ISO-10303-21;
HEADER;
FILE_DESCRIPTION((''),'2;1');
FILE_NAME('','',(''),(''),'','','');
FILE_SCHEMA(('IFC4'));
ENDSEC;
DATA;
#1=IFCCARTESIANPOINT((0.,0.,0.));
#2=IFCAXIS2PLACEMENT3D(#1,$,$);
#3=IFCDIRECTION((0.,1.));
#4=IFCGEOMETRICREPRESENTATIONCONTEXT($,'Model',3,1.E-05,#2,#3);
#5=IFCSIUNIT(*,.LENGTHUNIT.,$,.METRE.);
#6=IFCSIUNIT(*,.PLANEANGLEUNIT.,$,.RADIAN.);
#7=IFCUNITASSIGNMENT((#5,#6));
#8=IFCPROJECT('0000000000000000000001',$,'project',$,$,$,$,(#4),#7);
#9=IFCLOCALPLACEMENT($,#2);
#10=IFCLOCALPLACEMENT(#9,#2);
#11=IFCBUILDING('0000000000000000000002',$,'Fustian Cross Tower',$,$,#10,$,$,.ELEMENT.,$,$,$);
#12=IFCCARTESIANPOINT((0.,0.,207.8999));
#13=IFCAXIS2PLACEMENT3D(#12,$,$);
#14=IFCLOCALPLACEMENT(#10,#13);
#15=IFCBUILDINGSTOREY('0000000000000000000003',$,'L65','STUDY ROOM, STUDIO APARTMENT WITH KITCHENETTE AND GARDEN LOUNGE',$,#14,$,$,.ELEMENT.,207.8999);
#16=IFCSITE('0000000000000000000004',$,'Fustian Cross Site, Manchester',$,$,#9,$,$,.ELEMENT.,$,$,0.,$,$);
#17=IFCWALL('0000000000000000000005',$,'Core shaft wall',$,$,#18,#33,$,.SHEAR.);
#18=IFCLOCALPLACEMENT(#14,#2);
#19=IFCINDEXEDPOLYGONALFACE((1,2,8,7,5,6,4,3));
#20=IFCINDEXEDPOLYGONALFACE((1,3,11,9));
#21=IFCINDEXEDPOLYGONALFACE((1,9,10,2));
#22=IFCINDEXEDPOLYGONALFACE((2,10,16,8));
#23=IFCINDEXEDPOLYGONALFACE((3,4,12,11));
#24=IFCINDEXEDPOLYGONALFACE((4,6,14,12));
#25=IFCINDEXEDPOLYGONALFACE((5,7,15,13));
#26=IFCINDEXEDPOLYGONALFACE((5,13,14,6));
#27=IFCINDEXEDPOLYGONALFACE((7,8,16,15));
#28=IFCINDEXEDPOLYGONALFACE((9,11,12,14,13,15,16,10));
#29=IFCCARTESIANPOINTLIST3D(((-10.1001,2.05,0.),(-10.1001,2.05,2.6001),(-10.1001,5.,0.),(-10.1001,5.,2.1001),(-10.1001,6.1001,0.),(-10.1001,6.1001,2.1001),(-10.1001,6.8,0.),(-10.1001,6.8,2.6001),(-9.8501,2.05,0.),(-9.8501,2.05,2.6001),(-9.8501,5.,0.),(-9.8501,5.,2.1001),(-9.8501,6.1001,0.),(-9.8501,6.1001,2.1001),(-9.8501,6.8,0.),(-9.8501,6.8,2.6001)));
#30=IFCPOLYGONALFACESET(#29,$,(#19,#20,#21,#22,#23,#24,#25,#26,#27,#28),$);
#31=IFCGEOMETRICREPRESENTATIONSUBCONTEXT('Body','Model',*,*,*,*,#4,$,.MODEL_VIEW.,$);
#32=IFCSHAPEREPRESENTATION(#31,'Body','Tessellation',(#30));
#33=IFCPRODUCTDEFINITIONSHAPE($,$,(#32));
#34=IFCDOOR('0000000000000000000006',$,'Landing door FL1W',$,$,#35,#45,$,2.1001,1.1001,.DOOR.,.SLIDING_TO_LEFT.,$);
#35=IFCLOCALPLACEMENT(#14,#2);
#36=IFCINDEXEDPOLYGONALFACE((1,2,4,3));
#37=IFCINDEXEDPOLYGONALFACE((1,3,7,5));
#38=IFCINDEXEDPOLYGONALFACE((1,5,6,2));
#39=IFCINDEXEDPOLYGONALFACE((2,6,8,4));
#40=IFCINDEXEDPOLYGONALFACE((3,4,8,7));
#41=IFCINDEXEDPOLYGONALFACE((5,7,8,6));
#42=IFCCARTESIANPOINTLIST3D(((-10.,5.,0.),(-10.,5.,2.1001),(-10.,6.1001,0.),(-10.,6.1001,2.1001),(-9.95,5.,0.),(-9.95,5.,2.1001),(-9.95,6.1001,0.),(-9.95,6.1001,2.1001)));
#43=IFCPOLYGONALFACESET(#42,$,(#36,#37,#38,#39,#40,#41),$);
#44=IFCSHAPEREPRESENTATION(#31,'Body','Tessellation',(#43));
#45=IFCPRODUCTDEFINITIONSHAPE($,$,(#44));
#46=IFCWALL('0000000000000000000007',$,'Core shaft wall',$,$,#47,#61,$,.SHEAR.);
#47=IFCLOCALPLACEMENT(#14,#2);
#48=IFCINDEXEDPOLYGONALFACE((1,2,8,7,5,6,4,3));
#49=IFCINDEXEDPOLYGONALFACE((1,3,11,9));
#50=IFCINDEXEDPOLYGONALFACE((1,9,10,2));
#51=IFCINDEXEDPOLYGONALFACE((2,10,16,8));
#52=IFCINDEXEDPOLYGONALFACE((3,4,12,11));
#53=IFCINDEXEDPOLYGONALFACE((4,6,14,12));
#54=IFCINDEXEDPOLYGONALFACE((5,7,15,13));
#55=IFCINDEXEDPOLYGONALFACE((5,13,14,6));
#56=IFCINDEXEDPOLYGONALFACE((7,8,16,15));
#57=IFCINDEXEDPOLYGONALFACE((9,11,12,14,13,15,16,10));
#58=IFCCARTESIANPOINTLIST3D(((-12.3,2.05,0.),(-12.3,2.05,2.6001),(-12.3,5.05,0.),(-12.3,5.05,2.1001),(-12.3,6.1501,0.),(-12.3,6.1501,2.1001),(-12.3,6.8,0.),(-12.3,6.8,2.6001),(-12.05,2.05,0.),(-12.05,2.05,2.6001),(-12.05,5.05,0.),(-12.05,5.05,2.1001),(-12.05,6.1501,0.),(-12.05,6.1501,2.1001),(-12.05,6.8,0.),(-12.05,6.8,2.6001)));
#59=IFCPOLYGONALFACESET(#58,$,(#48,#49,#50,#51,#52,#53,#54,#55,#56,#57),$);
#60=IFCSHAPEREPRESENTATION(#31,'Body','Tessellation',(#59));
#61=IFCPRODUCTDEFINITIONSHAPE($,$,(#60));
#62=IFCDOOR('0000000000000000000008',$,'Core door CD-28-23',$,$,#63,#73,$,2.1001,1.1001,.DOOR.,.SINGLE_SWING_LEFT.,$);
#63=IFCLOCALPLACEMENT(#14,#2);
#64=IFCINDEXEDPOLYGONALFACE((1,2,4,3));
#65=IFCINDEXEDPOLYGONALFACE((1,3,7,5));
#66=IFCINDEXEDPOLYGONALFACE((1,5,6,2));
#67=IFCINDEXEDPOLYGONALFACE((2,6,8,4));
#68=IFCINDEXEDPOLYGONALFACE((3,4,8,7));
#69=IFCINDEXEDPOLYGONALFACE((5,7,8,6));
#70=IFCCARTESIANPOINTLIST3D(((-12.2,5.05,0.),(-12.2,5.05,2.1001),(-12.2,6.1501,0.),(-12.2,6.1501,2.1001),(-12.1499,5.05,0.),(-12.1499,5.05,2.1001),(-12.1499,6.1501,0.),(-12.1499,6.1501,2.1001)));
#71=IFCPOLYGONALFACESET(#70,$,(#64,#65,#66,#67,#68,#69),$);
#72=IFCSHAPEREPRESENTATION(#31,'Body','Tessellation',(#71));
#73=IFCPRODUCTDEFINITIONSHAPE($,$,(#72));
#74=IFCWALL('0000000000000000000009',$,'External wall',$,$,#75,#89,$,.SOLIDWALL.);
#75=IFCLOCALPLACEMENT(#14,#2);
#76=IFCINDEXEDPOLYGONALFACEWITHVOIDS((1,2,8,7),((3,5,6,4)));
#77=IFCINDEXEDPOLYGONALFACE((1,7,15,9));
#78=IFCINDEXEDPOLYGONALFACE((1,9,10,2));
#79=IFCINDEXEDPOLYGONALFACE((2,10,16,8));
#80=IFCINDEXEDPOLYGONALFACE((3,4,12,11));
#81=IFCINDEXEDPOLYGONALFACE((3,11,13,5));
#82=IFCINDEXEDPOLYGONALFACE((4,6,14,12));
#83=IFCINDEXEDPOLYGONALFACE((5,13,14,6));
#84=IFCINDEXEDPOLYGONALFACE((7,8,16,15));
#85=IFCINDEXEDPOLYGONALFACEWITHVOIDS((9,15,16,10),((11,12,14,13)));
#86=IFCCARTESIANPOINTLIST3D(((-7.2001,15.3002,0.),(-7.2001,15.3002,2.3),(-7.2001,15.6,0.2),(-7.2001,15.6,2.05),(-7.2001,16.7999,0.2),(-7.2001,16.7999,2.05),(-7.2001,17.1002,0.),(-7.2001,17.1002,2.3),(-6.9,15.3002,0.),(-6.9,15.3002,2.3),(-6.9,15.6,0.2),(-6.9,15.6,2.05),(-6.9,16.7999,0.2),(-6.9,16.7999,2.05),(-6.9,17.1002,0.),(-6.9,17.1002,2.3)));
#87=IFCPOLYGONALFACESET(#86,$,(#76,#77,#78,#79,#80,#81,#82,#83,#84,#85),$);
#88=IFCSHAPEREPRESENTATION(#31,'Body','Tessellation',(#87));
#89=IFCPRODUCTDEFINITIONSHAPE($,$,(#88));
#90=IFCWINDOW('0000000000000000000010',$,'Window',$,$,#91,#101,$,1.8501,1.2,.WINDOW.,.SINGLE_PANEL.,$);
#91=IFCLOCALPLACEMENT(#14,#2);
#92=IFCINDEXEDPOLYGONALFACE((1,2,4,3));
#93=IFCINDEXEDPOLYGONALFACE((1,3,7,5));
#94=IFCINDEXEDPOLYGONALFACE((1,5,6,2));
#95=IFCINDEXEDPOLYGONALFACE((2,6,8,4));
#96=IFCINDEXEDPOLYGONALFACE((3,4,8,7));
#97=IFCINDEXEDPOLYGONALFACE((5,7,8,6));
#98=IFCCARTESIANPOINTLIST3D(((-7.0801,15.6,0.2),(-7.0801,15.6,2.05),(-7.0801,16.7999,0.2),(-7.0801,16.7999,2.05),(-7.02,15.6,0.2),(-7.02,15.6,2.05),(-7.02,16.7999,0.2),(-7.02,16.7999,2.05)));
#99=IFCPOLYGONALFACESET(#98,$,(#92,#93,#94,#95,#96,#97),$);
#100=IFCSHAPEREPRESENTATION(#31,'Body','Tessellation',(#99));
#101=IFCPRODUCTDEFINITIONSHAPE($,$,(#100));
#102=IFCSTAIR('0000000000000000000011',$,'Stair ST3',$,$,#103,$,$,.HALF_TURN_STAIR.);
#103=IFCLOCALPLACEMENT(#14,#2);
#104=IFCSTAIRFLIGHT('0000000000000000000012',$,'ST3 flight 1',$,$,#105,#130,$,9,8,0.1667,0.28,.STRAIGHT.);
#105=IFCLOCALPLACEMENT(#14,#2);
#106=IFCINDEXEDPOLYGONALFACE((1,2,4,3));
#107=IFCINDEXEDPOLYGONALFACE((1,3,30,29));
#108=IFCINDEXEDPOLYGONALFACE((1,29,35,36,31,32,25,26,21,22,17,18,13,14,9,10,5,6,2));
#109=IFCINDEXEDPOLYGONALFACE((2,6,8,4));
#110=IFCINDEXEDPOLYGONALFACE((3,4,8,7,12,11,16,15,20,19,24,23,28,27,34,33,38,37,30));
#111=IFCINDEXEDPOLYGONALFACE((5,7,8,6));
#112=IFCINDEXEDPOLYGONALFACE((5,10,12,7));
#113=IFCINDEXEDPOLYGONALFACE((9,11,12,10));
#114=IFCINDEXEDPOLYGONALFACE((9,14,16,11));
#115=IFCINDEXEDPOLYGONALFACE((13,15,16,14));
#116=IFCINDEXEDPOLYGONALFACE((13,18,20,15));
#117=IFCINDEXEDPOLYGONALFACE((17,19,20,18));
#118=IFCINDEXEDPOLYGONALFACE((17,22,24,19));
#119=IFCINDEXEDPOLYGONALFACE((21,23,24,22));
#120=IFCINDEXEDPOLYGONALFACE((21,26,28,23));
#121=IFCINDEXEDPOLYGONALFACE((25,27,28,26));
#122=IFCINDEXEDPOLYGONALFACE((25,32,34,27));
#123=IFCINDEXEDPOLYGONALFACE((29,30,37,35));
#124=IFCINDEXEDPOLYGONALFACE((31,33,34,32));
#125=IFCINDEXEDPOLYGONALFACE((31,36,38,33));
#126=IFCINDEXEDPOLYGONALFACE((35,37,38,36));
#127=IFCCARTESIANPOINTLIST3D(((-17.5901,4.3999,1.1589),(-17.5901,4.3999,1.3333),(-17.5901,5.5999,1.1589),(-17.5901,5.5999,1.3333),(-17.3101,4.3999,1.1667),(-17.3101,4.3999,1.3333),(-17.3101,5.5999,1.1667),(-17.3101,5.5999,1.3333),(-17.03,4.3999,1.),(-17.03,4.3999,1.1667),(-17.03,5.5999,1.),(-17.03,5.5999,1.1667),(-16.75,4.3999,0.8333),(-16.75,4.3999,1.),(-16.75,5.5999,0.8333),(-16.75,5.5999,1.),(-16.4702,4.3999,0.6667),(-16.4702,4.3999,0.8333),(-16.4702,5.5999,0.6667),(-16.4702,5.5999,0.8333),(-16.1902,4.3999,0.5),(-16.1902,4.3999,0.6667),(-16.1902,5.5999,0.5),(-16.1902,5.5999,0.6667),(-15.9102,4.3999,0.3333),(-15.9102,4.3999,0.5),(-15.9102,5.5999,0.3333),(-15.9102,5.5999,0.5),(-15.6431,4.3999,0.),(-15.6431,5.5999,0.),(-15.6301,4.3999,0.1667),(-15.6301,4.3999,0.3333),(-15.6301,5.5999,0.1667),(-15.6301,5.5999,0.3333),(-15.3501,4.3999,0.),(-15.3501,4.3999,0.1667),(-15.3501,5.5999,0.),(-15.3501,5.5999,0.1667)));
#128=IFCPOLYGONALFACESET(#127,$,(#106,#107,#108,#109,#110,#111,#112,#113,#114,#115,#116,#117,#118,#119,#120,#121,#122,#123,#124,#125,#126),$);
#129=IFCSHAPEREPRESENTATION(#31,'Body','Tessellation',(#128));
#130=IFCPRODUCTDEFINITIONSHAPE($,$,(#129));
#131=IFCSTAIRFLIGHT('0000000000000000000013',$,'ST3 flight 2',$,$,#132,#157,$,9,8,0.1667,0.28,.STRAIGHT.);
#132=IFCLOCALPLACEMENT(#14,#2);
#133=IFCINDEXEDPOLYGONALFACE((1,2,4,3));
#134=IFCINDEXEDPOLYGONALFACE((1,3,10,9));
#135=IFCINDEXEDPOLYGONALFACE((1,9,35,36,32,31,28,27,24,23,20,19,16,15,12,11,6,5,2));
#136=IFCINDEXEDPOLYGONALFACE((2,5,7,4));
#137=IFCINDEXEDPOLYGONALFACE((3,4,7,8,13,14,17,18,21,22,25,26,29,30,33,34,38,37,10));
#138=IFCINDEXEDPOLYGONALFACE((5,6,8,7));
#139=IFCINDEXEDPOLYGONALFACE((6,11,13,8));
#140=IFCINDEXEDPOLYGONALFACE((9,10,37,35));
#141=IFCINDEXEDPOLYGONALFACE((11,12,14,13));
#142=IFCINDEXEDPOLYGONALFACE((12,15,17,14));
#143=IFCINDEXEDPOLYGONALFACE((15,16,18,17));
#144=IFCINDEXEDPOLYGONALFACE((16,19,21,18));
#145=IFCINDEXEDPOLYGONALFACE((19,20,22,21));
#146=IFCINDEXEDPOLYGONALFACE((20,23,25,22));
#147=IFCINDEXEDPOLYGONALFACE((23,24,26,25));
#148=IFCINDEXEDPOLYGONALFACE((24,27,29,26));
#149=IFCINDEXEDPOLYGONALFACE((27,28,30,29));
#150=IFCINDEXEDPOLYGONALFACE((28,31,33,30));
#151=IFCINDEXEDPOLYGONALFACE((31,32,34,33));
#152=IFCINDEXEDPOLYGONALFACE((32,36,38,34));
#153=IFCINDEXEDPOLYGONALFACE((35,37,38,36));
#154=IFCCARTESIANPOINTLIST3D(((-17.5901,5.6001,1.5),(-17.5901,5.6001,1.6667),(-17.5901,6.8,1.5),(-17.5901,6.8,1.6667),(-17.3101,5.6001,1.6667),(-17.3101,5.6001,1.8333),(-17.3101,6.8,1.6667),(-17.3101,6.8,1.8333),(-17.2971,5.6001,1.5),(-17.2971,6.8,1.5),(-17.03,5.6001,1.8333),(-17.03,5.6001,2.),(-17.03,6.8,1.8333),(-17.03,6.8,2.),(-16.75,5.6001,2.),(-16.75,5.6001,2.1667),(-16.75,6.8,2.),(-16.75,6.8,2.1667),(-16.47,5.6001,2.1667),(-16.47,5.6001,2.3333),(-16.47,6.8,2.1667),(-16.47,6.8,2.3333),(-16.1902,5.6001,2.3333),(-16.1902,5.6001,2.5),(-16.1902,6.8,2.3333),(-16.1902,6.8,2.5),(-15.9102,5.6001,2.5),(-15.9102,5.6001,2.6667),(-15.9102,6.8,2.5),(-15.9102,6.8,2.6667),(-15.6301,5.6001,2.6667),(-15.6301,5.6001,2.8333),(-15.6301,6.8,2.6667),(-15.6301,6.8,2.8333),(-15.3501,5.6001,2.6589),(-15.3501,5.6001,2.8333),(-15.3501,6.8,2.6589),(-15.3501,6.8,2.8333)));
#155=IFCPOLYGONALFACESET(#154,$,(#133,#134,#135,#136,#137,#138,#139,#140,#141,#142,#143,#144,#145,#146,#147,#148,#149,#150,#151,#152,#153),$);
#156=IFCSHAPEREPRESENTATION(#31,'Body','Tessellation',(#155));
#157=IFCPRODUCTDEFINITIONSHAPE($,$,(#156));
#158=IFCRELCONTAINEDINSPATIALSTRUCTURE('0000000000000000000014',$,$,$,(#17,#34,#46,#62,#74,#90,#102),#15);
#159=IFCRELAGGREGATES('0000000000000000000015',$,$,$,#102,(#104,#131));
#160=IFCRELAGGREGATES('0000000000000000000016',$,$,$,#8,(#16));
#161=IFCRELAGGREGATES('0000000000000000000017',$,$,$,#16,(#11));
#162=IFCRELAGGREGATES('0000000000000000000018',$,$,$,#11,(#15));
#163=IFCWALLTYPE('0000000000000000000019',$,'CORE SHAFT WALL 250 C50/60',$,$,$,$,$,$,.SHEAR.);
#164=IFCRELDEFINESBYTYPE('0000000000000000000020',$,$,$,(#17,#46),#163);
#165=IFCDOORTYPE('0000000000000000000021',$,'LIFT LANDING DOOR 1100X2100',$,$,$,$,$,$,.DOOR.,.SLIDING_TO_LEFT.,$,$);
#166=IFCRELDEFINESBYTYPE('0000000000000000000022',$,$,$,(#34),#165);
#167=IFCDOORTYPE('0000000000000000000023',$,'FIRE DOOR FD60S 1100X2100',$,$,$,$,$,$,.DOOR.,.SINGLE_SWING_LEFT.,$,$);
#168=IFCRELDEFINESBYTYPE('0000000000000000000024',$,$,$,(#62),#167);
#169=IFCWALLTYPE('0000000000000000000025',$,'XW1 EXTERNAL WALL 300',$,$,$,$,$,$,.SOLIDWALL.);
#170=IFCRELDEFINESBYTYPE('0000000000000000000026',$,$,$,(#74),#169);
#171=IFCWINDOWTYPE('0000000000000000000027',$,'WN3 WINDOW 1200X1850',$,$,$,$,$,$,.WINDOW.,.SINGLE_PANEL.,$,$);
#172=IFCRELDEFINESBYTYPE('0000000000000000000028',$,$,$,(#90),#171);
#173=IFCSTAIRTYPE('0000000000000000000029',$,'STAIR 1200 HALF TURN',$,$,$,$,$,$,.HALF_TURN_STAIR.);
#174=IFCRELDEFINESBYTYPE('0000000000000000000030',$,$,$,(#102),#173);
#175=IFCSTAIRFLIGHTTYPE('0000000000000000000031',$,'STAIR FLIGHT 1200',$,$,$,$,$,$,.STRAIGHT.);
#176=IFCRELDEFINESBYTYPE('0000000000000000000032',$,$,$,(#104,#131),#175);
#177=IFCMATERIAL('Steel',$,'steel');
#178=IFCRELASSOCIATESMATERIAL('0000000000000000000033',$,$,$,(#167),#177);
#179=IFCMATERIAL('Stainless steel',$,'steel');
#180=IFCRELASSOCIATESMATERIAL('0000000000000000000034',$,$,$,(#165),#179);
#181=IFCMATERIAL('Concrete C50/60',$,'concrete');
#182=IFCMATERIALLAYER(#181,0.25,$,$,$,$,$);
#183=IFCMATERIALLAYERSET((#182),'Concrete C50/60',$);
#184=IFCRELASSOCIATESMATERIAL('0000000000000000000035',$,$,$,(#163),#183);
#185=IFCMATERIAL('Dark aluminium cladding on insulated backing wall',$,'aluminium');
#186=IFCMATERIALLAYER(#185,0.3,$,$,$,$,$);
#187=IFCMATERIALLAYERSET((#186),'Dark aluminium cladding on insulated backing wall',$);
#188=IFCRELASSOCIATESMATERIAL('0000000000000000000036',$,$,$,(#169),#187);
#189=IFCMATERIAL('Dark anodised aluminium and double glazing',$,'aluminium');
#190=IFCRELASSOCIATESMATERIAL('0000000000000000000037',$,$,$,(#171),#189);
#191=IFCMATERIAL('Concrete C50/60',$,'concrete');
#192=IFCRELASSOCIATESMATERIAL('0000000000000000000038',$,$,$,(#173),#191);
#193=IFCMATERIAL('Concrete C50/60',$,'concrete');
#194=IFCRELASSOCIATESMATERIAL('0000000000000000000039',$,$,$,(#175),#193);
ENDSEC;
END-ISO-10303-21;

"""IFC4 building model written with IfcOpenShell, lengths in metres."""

from ifc_helpers import new_model, si_unit, direction, frame, frame_2d, origin, place, context, subcontext, project, spatial, polyline, rectangle, outline, extrude, material, layer, layer_set, type_object, element, fill, aggregate, save


model = new_model("IFC4")

# Units and contexts
model_context = context("Model", 3, precision=1e-05, world=origin(), true_north=direction((0.0, 1.0)))
body_context = subcontext(model_context, "Body", "Model", "MODEL_VIEW")
ifc_project = project(units=[si_unit("LENGTHUNIT", "METRE"), si_unit("PLANEANGLEUNIT", "RADIAN")], contexts=[model_context])

# Site, building, storey
site_placement = place(None, origin())
site = spatial("IfcSite", under=ifc_project, at=site_placement, Name="Fustian Cross Site, Manchester", CompositionType="ELEMENT", RefElevation=0.0)
building_placement = place(site_placement, origin())
building = spatial("IfcBuilding", under=site, at=building_placement, Name="Fustian Cross Tower", CompositionType="ELEMENT")
storey_placement = place(building_placement, frame((0.0, 0.0, 207.8999)))
storey = spatial("IfcBuildingStorey", under=building, at=storey_placement, Name="L65", Description="STUDY ROOM, STUDIO APARTMENT WITH KITCHENETTE AND GARDEN LOUNGE", CompositionType="ELEMENT", Elevation=207.8999)

# Shared definitions
ifc_material_1 = material(Name="Steel", Category="steel")
door_type_1 = type_object("IfcDoorType", Name="FIRE DOOR FD60S 1100X2100", OperationType="SINGLE_SWING_LEFT", PredefinedType="DOOR", material=ifc_material_1)
ifc_material_2 = material(Name="Stainless steel", Category="steel")
door_type_2 = type_object("IfcDoorType", Name="LIFT LANDING DOOR 1100X2100", OperationType="SLIDING_TO_LEFT", PredefinedType="DOOR", material=ifc_material_2)

# Shared definitions
ifc_material_3 = material(Name="Concrete C50/60", Category="concrete")
ifc_layer_1 = layer(ifc_material_3, 0.25)
ifc_layer_set_1 = layer_set([ifc_layer_1], Name="Concrete C50/60")
wall_type_1 = type_object("IfcWallType", Name="CORE SHAFT WALL 250 C50/60", PredefinedType="SHEAR", material=ifc_layer_set_1)

# Walls, openings, doors
wall_1_placement = place(storey_placement, frame((-9.9751, 2.05, 0.0), z_axis=(0.0, 0.0, 1.0), x_axis=(0.0, 1.0, 0.0)))
wall_1 = element("IfcWall", 1, at=wall_1_placement, inside=storey, type_object=wall_type_1, Name="Core shaft wall", PredefinedType="SHEAR", context=body_context, shape_type="SweptSolid", body=[
    extrude(rectangle(XDim=4.75, YDim=0.25, at=frame_2d((2.375, 0.0))), origin(), (0.0, 0.0, 1.0), 2.6001),
])
opening_1_placement = place(wall_1_placement, frame((2.95, 0.0, 0.0)))
opening_1 = element("IfcOpeningElement", 2, at=opening_1_placement, cuts=wall_1, PredefinedType="OPENING", context=body_context, shape_type="SweptSolid", body=[
    extrude(rectangle(XDim=1.1001, YDim=2.1001, at=frame_2d((0.55, 1.05))), frame((0.0, 0.135, 0.0), z_axis=(0.0, -1.0, 0.0), x_axis=(1.0, 0.0, 0.0)), (0.0, 0.0, 1.0), 0.27),
])
door_1_placement = place(opening_1_placement, origin())
door_1 = element("IfcDoor", 3, at=door_1_placement, inside=storey, type_object=door_type_2, Name="Landing door FL1W", OperationType="SLIDING_TO_LEFT", OverallHeight=2.1001, OverallWidth=1.1001, PredefinedType="DOOR", context=body_context, shape_type="SweptSolid", body=[
    extrude(rectangle(XDim=1.1001, YDim=2.1001, at=frame_2d((0.55, 1.05))), frame((0.0, 0.0249, 0.0), z_axis=(0.0, -1.0, 0.0), x_axis=(1.0, 0.0, 0.0)), (0.0, 0.0, 1.0), 0.05),
])
fill(opening_1, door_1)
wall_2_placement = place(storey_placement, frame((-12.175, 2.05, 0.0), z_axis=(0.0, 0.0, 1.0), x_axis=(0.0, 1.0, 0.0)))
wall_2 = element("IfcWall", 4, at=wall_2_placement, inside=storey, type_object=wall_type_1, Name="Core shaft wall", PredefinedType="SHEAR", context=body_context, shape_type="SweptSolid", body=[
    extrude(rectangle(XDim=4.75, YDim=0.25, at=frame_2d((2.375, 0.0))), origin(), (0.0, 0.0, 1.0), 2.6001),
])
opening_2_placement = place(wall_2_placement, frame((3.0, 0.0, 0.0)))
opening_2 = element("IfcOpeningElement", 5, at=opening_2_placement, cuts=wall_2, PredefinedType="OPENING", context=body_context, shape_type="SweptSolid", body=[
    extrude(rectangle(XDim=1.1001, YDim=2.1001, at=frame_2d((0.55, 1.05))), frame((0.0, 0.135, 0.0), z_axis=(0.0, -1.0, 0.0), x_axis=(1.0, 0.0, 0.0)), (0.0, 0.0, 1.0), 0.27),
])
door_2_placement = place(opening_2_placement, origin())
door_2 = element("IfcDoor", 6, at=door_2_placement, inside=storey, type_object=door_type_1, Name="Core door CD-28-23", OperationType="SINGLE_SWING_LEFT", OverallHeight=2.1001, OverallWidth=1.1001, PredefinedType="DOOR", context=body_context, shape_type="SweptSolid", body=[
    extrude(rectangle(XDim=1.1001, YDim=2.1001, at=frame_2d((0.55, 1.05))), frame((0.0, 0.0249, 0.0), z_axis=(0.0, -1.0, 0.0), x_axis=(1.0, 0.0, 0.0)), (0.0, 0.0, 1.0), 0.05),
])
fill(opening_2, door_2)

# Wall, opening, window
ifc_material_4 = material(Name="Dark aluminium cladding on insulated backing wall", Category="aluminium")
ifc_layer_2 = layer(ifc_material_4, 0.3)
ifc_layer_set_2 = layer_set([ifc_layer_2], Name="Dark aluminium cladding on insulated backing wall")
wall_type_2 = type_object("IfcWallType", Name="XW1 EXTERNAL WALL 300", PredefinedType="SOLIDWALL", material=ifc_layer_set_2)
wall_3_placement = place(storey_placement, frame((-7.05, 17.1001, 0.0), z_axis=(0.0, 0.0, 1.0), x_axis=(0.0, -1.0, 0.0)))
wall_3 = element("IfcWall", 7, at=wall_3_placement, inside=storey, type_object=wall_type_2, Name="External wall", PredefinedType="SOLIDWALL", context=body_context, shape_type="SweptSolid", body=[
    extrude(rectangle(XDim=1.8, YDim=0.3, at=frame_2d((0.8999, 0.0))), origin(), (0.0, 0.0, 1.0), 2.3),
])
opening_3_placement = place(wall_3_placement, frame((0.3, 0.0, 0.2)))
opening_3 = element("IfcOpeningElement", 8, at=opening_3_placement, cuts=wall_3, PredefinedType="OPENING", context=body_context, shape_type="SweptSolid", body=[
    extrude(rectangle(XDim=1.2, YDim=1.8501, at=frame_2d((0.6001, 0.925))), frame((0.0, 0.1599, 0.0), z_axis=(0.0, -1.0, 0.0), x_axis=(1.0, 0.0, 0.0)), (0.0, 0.0, 1.0), 0.3201),
])
ifc_material_5 = material(Name="Dark anodised aluminium and double glazing", Category="aluminium")
window_type = type_object("IfcWindowType", Name="WN3 WINDOW 1200X1850", PartitioningType="SINGLE_PANEL", PredefinedType="WINDOW", material=ifc_material_5)
window_placement = place(opening_3_placement, origin())
window = element("IfcWindow", 9, at=window_placement, inside=storey, type_object=window_type, Name="Window", OverallHeight=1.8501, OverallWidth=1.2, PartitioningType="SINGLE_PANEL", PredefinedType="WINDOW", context=body_context, shape_type="SweptSolid", body=[
    extrude(rectangle(XDim=1.2, YDim=1.8501, at=frame_2d((0.6001, 0.925))), frame((0.0, 0.03, 0.0), z_axis=(0.0, -1.0, 0.0), x_axis=(1.0, 0.0, 0.0)), (0.0, 0.0, 1.0), 0.0601),
])
fill(opening_3, window)

# Stair, stair flights
ifc_material_6 = material(Name="Concrete C50/60", Category="concrete")
stair_type = type_object("IfcStairType", Name="STAIR 1200 HALF TURN", PredefinedType="HALF_TURN_STAIR", material=ifc_material_6)
stair_placement = place(storey_placement, origin())
stair = element("IfcStair", 10, at=stair_placement, inside=storey, type_object=stair_type, Name="Stair ST3", PredefinedType="HALF_TURN_STAIR")
ifc_material_7 = material(Name="Concrete C50/60", Category="concrete")
stair_flight_type = type_object("IfcStairFlightType", Name="STAIR FLIGHT 1200", PredefinedType="STRAIGHT", material=ifc_material_7)
stair_flight_1_placement = place(storey_placement, frame((-15.3501, 5.0, 0.0), z_axis=(0.0, 0.0, 1.0), x_axis=(-1.0, 0.0, 0.0)))
stair_flight_1 = element("IfcStairFlight", 11, at=stair_flight_1_placement, type_object=stair_flight_type, Name="ST3 flight 1", NumberOfRisers=9, NumberOfTreads=8, PredefinedType="STRAIGHT", RiserHeight=0.1667, TreadLength=0.28, context=body_context, shape_type="SweptSolid", body=[
    extrude(outline(polyline([(0.0, 0.0), (0.0, 0.1667), (0.28, 0.1667), (0.28, 0.3333), (0.5601, 0.3333), (0.5601, 0.5), (0.8401, 0.5), (0.8401, 0.6667), (1.1201, 0.6667), (1.1201, 0.8333), (1.3999, 0.8333), (1.3999, 1.0), (1.6799, 1.0), (1.6799, 1.1667), (1.96, 1.1667), (1.96, 1.3333), (2.24, 1.3333), (2.24, 1.5), (2.24, 1.1589), (0.293, 0.0), (0.0, 0.0)])), frame((0.0, 0.6001, 0.0), z_axis=(0.0, -1.0, 0.0), x_axis=(1.0, 0.0, 0.0)), (0.0, 0.0, 1.0), 1.2),
])
stair_flight_2_placement = place(storey_placement, frame((-17.5901, 6.2, 1.5), z_axis=(0.0, 0.0, 1.0), x_axis=(1.0, 0.0, 0.0)))
stair_flight_2 = element("IfcStairFlight", 12, at=stair_flight_2_placement, type_object=stair_flight_type, Name="ST3 flight 2", NumberOfRisers=9, NumberOfTreads=8, PredefinedType="STRAIGHT", RiserHeight=0.1667, TreadLength=0.28, context=body_context, shape_type="SweptSolid", body=[
    extrude(outline(polyline([(0.0, 0.0), (0.0, 0.1667), (0.28, 0.1667), (0.28, 0.3333), (0.5601, 0.3333), (0.5601, 0.5), (0.8401, 0.5), (0.8401, 0.6667), (1.1201, 0.6667), (1.1201, 0.8333), (1.3999, 0.8333), (1.3999, 1.0), (1.6799, 1.0), (1.6799, 1.1667), (1.96, 1.1667), (1.96, 1.3333), (2.24, 1.3333), (2.24, 1.5), (2.24, 1.1589), (0.293, 0.0), (0.0, 0.0)])), frame((0.0, 0.6001, 0.0), z_axis=(0.0, -1.0, 0.0), x_axis=(1.0, 0.0, 0.0)), (0.0, 0.0, 1.0), 1.2),
])
aggregate(stair, [stair_flight_1, stair_flight_2])

save(model, "model.ifc")
